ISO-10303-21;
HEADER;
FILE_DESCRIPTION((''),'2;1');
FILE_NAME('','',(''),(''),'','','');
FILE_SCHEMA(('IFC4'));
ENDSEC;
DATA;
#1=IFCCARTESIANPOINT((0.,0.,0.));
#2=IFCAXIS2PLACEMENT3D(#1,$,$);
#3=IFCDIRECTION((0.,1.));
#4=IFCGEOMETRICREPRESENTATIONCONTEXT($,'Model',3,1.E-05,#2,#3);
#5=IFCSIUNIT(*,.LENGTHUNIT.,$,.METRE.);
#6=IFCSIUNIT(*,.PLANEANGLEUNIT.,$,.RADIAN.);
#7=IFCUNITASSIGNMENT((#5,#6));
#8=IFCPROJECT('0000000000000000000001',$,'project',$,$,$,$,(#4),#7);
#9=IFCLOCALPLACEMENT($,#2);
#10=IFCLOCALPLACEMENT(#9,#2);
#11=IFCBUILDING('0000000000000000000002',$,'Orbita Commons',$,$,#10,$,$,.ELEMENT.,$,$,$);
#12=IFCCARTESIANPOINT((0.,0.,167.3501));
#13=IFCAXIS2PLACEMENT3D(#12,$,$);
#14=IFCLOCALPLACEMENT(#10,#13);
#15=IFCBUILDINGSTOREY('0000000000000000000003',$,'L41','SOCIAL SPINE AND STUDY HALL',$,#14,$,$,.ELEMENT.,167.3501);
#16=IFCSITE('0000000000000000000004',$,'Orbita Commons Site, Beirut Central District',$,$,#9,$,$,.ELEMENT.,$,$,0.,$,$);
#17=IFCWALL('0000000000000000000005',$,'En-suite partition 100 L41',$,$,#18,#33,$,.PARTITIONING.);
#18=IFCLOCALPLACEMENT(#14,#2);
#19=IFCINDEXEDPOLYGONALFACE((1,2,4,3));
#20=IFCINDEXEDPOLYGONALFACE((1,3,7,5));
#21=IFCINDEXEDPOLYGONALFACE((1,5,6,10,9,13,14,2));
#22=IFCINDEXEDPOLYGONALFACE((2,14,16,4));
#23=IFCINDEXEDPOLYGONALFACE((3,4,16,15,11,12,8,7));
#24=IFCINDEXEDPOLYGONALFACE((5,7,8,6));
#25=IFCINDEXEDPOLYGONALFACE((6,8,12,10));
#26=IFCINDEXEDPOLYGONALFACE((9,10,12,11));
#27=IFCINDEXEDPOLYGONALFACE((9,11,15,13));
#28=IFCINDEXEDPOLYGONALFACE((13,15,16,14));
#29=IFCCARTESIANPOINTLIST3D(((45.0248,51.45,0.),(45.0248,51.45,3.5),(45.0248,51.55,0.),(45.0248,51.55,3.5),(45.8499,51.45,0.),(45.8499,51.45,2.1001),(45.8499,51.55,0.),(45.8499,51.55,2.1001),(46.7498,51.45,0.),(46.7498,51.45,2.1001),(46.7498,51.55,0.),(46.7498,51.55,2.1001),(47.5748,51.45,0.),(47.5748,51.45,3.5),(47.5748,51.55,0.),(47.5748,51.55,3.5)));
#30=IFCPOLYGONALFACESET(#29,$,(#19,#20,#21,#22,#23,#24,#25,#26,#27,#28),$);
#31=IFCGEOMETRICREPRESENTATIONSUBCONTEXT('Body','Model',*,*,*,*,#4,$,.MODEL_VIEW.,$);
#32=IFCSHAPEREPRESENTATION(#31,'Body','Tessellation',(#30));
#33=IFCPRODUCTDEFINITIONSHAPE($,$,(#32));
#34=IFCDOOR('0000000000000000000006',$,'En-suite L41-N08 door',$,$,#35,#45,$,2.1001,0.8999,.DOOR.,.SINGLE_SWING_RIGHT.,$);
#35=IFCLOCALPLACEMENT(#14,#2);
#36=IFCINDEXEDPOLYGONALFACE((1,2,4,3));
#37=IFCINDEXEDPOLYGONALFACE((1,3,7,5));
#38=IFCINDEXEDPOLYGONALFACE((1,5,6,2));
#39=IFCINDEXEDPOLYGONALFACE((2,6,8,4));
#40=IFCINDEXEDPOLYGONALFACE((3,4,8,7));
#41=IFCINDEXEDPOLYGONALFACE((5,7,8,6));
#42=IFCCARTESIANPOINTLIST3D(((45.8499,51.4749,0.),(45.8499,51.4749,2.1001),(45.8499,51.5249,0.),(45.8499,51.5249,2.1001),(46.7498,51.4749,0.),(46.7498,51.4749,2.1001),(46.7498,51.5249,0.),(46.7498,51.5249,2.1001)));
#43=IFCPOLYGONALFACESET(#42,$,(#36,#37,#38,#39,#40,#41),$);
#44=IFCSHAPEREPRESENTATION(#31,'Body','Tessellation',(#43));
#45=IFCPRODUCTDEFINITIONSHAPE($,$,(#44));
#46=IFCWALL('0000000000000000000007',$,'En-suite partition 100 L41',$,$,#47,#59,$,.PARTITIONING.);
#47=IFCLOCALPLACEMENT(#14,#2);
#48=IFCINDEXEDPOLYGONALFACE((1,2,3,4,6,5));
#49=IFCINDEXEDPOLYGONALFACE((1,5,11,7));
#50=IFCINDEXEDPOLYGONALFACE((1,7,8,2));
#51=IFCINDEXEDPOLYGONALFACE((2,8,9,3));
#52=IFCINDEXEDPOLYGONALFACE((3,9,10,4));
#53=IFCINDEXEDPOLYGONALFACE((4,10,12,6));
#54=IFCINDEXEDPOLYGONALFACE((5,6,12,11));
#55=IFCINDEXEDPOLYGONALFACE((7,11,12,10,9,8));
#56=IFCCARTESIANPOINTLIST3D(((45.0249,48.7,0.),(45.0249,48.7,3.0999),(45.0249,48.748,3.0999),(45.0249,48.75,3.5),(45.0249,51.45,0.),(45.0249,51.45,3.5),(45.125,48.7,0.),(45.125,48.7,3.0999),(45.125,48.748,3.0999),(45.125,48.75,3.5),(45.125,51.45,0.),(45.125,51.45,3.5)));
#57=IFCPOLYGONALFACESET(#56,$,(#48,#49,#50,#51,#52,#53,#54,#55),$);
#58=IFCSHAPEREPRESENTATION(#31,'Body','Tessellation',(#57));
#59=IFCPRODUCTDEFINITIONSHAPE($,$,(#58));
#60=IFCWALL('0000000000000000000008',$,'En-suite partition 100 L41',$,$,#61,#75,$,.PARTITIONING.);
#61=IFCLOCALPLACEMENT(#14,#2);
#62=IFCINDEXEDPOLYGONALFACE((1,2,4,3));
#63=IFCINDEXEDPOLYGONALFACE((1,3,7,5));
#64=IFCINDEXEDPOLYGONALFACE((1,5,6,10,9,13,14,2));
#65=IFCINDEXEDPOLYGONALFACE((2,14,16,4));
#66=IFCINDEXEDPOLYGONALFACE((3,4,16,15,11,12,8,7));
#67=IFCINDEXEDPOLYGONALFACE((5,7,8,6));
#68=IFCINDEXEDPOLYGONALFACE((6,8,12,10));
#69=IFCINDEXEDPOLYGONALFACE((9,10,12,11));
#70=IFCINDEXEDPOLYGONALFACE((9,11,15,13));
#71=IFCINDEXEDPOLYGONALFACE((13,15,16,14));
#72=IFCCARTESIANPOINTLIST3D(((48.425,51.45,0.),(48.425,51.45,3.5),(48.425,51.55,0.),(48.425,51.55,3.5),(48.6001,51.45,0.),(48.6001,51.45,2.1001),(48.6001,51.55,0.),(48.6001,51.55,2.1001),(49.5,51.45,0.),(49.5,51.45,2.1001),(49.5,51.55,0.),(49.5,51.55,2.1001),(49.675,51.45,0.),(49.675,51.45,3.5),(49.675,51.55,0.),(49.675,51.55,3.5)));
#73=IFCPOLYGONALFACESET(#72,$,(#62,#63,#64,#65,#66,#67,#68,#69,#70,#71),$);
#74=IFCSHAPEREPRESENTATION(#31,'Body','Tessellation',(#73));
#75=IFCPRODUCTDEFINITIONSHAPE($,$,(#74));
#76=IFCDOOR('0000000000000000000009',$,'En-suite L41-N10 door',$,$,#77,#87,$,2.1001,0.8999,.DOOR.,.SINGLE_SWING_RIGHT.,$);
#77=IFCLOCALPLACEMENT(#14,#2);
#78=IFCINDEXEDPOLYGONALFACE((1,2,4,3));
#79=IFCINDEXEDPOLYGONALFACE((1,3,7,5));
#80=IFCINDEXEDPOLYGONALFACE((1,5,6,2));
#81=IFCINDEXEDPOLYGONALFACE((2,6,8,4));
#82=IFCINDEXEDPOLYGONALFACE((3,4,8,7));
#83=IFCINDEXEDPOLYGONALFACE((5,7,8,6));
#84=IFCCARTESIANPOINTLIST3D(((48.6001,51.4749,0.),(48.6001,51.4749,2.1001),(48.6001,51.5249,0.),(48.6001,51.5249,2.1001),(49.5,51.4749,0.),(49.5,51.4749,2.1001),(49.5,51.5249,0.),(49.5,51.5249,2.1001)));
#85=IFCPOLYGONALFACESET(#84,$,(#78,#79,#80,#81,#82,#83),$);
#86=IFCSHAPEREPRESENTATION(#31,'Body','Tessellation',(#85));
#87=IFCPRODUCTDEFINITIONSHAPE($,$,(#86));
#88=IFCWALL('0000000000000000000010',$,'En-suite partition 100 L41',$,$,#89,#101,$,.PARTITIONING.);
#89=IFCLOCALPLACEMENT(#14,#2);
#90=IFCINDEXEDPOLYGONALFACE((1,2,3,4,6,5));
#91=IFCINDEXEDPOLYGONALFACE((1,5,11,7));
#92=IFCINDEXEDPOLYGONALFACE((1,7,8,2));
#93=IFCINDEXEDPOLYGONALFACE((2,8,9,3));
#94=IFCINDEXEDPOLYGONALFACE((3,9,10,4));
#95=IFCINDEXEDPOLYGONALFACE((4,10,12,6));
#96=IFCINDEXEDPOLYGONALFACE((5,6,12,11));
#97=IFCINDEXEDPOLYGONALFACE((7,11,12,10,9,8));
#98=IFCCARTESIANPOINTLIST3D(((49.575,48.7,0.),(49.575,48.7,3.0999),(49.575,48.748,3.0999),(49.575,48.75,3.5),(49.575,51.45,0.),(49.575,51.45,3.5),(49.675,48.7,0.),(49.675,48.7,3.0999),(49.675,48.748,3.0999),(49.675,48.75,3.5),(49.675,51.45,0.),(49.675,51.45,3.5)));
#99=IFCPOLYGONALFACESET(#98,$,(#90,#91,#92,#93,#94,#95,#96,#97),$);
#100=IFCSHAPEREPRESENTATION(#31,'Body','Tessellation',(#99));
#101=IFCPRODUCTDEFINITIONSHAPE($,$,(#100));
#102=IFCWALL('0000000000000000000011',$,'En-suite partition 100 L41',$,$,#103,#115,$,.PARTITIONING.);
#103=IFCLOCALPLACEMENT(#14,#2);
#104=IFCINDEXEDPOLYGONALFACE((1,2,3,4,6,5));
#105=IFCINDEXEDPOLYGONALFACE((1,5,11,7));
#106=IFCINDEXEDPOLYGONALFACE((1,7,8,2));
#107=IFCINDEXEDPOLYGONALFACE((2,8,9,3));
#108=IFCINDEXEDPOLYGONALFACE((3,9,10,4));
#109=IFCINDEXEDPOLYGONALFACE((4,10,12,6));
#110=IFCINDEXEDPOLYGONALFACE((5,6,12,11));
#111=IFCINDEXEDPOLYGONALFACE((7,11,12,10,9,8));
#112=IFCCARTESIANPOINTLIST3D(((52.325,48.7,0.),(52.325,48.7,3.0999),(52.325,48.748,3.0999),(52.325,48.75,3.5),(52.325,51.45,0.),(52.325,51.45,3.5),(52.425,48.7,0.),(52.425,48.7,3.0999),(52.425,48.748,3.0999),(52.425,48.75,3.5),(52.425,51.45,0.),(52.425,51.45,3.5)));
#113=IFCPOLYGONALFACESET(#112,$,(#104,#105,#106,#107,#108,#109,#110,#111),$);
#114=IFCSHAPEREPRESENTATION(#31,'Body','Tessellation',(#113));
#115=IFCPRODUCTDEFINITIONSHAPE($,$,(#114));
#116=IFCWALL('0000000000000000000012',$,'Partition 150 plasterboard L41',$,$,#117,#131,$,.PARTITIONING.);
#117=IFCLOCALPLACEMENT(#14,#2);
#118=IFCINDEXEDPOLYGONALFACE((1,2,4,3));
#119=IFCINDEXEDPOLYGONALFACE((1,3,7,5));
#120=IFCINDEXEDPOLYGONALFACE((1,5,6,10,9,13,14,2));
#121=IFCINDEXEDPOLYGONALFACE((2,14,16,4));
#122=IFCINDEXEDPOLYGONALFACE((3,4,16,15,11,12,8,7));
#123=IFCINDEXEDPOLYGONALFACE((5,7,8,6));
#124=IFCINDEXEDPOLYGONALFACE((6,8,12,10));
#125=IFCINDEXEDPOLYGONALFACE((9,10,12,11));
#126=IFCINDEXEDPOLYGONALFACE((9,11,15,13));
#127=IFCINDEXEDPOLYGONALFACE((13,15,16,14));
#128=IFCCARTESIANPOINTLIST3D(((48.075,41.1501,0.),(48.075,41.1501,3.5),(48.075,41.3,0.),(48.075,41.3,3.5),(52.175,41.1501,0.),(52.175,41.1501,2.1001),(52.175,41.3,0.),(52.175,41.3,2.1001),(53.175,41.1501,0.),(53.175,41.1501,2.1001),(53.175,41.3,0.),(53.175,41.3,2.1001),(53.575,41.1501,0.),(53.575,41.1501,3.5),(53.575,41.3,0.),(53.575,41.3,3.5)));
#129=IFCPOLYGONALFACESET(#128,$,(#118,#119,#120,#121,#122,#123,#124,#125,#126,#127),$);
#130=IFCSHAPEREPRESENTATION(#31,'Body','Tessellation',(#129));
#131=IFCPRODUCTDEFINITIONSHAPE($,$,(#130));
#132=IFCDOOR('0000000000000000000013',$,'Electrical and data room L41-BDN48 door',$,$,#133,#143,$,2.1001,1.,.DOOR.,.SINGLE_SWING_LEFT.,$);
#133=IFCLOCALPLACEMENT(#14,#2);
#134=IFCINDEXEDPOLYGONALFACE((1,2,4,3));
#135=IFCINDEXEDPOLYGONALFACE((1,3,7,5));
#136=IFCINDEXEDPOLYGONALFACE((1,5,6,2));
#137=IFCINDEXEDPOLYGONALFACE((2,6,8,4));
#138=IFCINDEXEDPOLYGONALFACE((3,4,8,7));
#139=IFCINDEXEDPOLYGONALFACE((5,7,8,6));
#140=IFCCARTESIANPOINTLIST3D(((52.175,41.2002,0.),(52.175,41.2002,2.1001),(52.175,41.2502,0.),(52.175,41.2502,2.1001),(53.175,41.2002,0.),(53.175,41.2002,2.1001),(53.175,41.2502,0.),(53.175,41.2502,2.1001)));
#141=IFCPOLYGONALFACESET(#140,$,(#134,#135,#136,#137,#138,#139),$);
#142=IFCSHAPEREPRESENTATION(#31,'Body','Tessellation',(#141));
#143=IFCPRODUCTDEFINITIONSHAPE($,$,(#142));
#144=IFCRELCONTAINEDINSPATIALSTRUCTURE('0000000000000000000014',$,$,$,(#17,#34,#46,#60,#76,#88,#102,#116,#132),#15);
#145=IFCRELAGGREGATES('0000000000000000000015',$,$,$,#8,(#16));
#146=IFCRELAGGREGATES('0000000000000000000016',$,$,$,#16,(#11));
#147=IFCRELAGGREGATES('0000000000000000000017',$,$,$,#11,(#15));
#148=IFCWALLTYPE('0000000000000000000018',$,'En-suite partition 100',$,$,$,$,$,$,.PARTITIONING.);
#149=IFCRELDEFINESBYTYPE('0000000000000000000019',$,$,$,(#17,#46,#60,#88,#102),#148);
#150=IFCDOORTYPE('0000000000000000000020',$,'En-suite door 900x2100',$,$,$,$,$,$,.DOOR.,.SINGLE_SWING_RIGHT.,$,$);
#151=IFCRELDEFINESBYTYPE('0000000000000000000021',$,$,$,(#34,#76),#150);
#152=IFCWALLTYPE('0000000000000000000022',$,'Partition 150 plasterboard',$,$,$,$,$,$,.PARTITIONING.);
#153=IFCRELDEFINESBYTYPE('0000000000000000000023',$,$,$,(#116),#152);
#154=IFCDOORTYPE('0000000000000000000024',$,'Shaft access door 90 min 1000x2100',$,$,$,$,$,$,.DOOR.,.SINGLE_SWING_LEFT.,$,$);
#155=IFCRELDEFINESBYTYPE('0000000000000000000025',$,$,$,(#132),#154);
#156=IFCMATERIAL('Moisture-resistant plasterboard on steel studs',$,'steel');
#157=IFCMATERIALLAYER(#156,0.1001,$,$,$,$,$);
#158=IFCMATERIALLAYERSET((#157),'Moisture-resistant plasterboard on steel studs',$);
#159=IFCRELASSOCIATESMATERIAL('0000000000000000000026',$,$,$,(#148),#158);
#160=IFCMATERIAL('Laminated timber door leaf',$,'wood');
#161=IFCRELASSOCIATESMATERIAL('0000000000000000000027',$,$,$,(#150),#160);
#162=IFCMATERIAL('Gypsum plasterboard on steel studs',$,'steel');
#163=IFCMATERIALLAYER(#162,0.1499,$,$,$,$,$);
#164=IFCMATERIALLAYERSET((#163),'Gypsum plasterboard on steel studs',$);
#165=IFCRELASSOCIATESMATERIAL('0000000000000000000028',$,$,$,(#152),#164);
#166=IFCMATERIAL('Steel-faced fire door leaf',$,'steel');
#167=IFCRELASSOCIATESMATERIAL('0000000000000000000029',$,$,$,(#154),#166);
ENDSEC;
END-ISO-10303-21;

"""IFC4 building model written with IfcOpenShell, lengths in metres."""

from ifc_helpers import new_model, si_unit, direction, frame, frame_2d, origin, place, context, subcontext, project, spatial, polyline, rectangle, outline, extrude, material, layer, layer_set, type_object, element, fill, save


model = new_model("IFC4")

# Units and contexts
model_context = context("Model", 3, precision=1e-05, world=origin(), true_north=direction((0.0, 1.0)))
body_context = subcontext(model_context, "Body", "Model", "MODEL_VIEW")
ifc_project = project(units=[si_unit("LENGTHUNIT", "METRE"), si_unit("PLANEANGLEUNIT", "RADIAN")], contexts=[model_context])

# Site, building, storey
site_placement = place(None, origin())
site = spatial("IfcSite", under=ifc_project, at=site_placement, Name="Orbita Commons Site, Beirut Central District", CompositionType="ELEMENT", RefElevation=0.0)
building_placement = place(site_placement, origin())
building = spatial("IfcBuilding", under=site, at=building_placement, Name="Orbita Commons", CompositionType="ELEMENT")
storey_placement = place(building_placement, frame((0.0, 0.0, 167.3501)))
storey = spatial("IfcBuildingStorey", under=building, at=storey_placement, Name="L41", Description="SOCIAL SPINE AND STUDY HALL", CompositionType="ELEMENT", Elevation=167.3501)

# Wall, opening, door
ifc_material_1 = material(Name="Moisture-resistant plasterboard on steel studs", Category="steel")
ifc_layer_1 = layer(ifc_material_1, 0.1001)
ifc_layer_set_1 = layer_set([ifc_layer_1], Name="Moisture-resistant plasterboard on steel studs")
wall_type_1 = type_object("IfcWallType", Name="En-suite partition 100", PredefinedType="PARTITIONING", material=ifc_layer_set_1)
wall_1_placement = place(storey_placement, frame((45.0249, 51.5, 0.0), z_axis=(0.0, 0.0, 1.0), x_axis=(1.0, 0.0, 0.0)))
wall_1 = element("IfcWall", 1, at=wall_1_placement, inside=storey, type_object=wall_type_1, Name="En-suite partition 100 L41", PredefinedType="PARTITIONING", context=body_context, shape_type="SweptSolid", body=[
    extrude(rectangle(XDim=2.55, YDim=0.1001, at=frame_2d((1.2749, 0.0))), origin(), (0.0, 0.0, 1.0), 3.5),
])
opening_1_placement = place(wall_1_placement, frame((0.825, 0.0, 0.0)))
opening_1 = element("IfcOpeningElement", 2, at=opening_1_placement, cuts=wall_1, PredefinedType="OPENING", context=body_context, shape_type="SweptSolid", body=[
    extrude(rectangle(XDim=0.8999, YDim=2.1001, at=frame_2d((0.45, 1.05))), frame((0.0, 0.0601, 0.0), z_axis=(0.0, -1.0, 0.0), x_axis=(1.0, 0.0, 0.0)), (0.0, 0.0, 1.0), 0.1201),
])
ifc_material_2 = material(Name="Laminated timber door leaf", Category="wood")
door_type_1 = type_object("IfcDoorType", Name="En-suite door 900x2100", OperationType="SINGLE_SWING_RIGHT", PredefinedType="DOOR", material=ifc_material_2)
door_1_placement = place(opening_1_placement, origin())
door_1 = element("IfcDoor", 3, at=door_1_placement, inside=storey, type_object=door_type_1, Name="En-suite L41-N08 door", OperationType="SINGLE_SWING_RIGHT", OverallHeight=2.1001, OverallWidth=0.8999, PredefinedType="DOOR", context=body_context, shape_type="SweptSolid", body=[
    extrude(rectangle(XDim=0.8999, YDim=2.1001, at=frame_2d((0.45, 1.05))), frame((0.0, 0.0249, 0.0), z_axis=(0.0, -1.0, 0.0), x_axis=(1.0, 0.0, 0.0)), (0.0, 0.0, 1.0), 0.05),
])
fill(opening_1, door_1)

# Wall
wall_2_placement = place(storey_placement, frame((45.075, 51.45, 0.0), z_axis=(0.0, 0.0, 1.0), x_axis=(0.0, -1.0, 0.0)))
element("IfcWall", 4, at=wall_2_placement, inside=storey, type_object=wall_type_1, Name="En-suite partition 100 L41", PredefinedType="PARTITIONING", context=body_context, shape_type="SweptSolid", body=[
    extrude(outline(polyline([(0.0, 0.0), (2.75, 0.0), (2.75, 3.0999), (2.7019, 3.0999), (2.7, 3.5), (0.0, 3.5), (0.0, 0.0)])), frame((0.0, 0.05, 0.0), z_axis=(0.0, -1.0, 0.0), x_axis=(1.0, 0.0, 0.0)), (0.0, 0.0, 1.0), 0.1001),
])

# Wall, opening, door
wall_3_placement = place(storey_placement, frame((48.425, 51.5, 0.0), z_axis=(0.0, 0.0, 1.0), x_axis=(1.0, 0.0, 0.0)))
wall_3 = element("IfcWall", 5, at=wall_3_placement, inside=storey, type_object=wall_type_1, Name="En-suite partition 100 L41", PredefinedType="PARTITIONING", context=body_context, shape_type="SweptSolid", body=[
    extrude(rectangle(XDim=1.25, YDim=0.1001, at=frame_2d((0.625, 0.0))), origin(), (0.0, 0.0, 1.0), 3.5),
])
opening_2_placement = place(wall_3_placement, frame((0.175, 0.0, 0.0)))
opening_2 = element("IfcOpeningElement", 6, at=opening_2_placement, cuts=wall_3, PredefinedType="OPENING", context=body_context, shape_type="SweptSolid", body=[
    extrude(rectangle(XDim=0.8999, YDim=2.1001, at=frame_2d((0.45, 1.05))), frame((0.0, 0.0601, 0.0), z_axis=(0.0, -1.0, 0.0), x_axis=(1.0, 0.0, 0.0)), (0.0, 0.0, 1.0), 0.1201),
])
door_2_placement = place(opening_2_placement, origin())
door_2 = element("IfcDoor", 7, at=door_2_placement, inside=storey, type_object=door_type_1, Name="En-suite L41-N10 door", OperationType="SINGLE_SWING_RIGHT", OverallHeight=2.1001, OverallWidth=0.8999, PredefinedType="DOOR", context=body_context, shape_type="SweptSolid", body=[
    extrude(rectangle(XDim=0.8999, YDim=2.1001, at=frame_2d((0.45, 1.05))), frame((0.0, 0.0249, 0.0), z_axis=(0.0, -1.0, 0.0), x_axis=(1.0, 0.0, 0.0)), (0.0, 0.0, 1.0), 0.05),
])
fill(opening_2, door_2)

# Walls
for number, where, z_axis, x_axis, name in (
    (8, (49.625, 51.45, 0.0), (0.0, 0.0, 1.0), (0.0, -1.0, 0.0), "En-suite partition 100 L41"),
    (9, (52.375, 51.45, 0.0), (0.0, 0.0, 1.0), (0.0, -1.0, 0.0), "En-suite partition 100 L41"),
):
    element("IfcWall", number, at=place(storey_placement, frame(where, z_axis=z_axis, x_axis=x_axis)), inside=storey, type_object=wall_type_1, Name=name, PredefinedType="PARTITIONING", context=body_context, shape_type="SweptSolid", body=[
        extrude(outline(polyline([(0.0, 0.0), (2.75, 0.0), (2.75, 3.0999), (2.7019, 3.0999), (2.7, 3.5), (0.0, 3.5), (0.0, 0.0)])), frame((0.0, 0.05, 0.0), z_axis=(0.0, -1.0, 0.0), x_axis=(1.0, 0.0, 0.0)), (0.0, 0.0, 1.0), 0.1001),
    ])

# Wall, opening, door
ifc_material_3 = material(Name="Gypsum plasterboard on steel studs", Category="steel")
ifc_layer_2 = layer(ifc_material_3, 0.1499)
ifc_layer_set_2 = layer_set([ifc_layer_2], Name="Gypsum plasterboard on steel studs")
wall_type_2 = type_object("IfcWallType", Name="Partition 150 plasterboard", PredefinedType="PARTITIONING", material=ifc_layer_set_2)
wall_4_placement = place(storey_placement, frame((53.575, 41.2251, 0.0), z_axis=(0.0, 0.0, 1.0), x_axis=(-1.0, 0.0, 0.0)))
wall_4 = element("IfcWall", 10, at=wall_4_placement, inside=storey, type_object=wall_type_2, Name="Partition 150 plasterboard L41", PredefinedType="PARTITIONING", context=body_context, shape_type="SweptSolid", body=[
    extrude(rectangle(XDim=5.5, YDim=0.1499, at=frame_2d((2.75, 0.0))), origin(), (0.0, 0.0, 1.0), 3.5),
])
opening_3_placement = place(wall_4_placement, frame((0.3999, 0.0, 0.0)))
opening_3 = element("IfcOpeningElement", 11, at=opening_3_placement, cuts=wall_4, PredefinedType="OPENING", context=body_context, shape_type="SweptSolid", body=[
    extrude(rectangle(XDim=1.0, YDim=2.1001, at=frame_2d((0.5, 1.05))), frame((0.0, 0.085, 0.0), z_axis=(0.0, -1.0, 0.0), x_axis=(1.0, 0.0, 0.0)), (0.0, 0.0, 1.0), 0.1699),
])
ifc_material_4 = material(Name="Steel-faced fire door leaf", Category="steel")
door_type_2 = type_object("IfcDoorType", Name="Shaft access door 90 min 1000x2100", OperationType="SINGLE_SWING_LEFT", PredefinedType="DOOR", material=ifc_material_4)
door_3_placement = place(opening_3_placement, origin())
door_3 = element("IfcDoor", 12, at=door_3_placement, inside=storey, type_object=door_type_2, Name="Electrical and data room L41-BDN48 door", OperationType="SINGLE_SWING_LEFT", OverallHeight=2.1001, OverallWidth=1.0, PredefinedType="DOOR", context=body_context, shape_type="SweptSolid", body=[
    extrude(rectangle(XDim=1.0, YDim=2.1001, at=frame_2d((0.5, 1.05))), frame((0.0, 0.0249, 0.0), z_axis=(0.0, -1.0, 0.0), x_axis=(1.0, 0.0, 0.0)), (0.0, 0.0, 1.0), 0.05),
])
fill(opening_3, door_3)

save(model, "model.ifc")
